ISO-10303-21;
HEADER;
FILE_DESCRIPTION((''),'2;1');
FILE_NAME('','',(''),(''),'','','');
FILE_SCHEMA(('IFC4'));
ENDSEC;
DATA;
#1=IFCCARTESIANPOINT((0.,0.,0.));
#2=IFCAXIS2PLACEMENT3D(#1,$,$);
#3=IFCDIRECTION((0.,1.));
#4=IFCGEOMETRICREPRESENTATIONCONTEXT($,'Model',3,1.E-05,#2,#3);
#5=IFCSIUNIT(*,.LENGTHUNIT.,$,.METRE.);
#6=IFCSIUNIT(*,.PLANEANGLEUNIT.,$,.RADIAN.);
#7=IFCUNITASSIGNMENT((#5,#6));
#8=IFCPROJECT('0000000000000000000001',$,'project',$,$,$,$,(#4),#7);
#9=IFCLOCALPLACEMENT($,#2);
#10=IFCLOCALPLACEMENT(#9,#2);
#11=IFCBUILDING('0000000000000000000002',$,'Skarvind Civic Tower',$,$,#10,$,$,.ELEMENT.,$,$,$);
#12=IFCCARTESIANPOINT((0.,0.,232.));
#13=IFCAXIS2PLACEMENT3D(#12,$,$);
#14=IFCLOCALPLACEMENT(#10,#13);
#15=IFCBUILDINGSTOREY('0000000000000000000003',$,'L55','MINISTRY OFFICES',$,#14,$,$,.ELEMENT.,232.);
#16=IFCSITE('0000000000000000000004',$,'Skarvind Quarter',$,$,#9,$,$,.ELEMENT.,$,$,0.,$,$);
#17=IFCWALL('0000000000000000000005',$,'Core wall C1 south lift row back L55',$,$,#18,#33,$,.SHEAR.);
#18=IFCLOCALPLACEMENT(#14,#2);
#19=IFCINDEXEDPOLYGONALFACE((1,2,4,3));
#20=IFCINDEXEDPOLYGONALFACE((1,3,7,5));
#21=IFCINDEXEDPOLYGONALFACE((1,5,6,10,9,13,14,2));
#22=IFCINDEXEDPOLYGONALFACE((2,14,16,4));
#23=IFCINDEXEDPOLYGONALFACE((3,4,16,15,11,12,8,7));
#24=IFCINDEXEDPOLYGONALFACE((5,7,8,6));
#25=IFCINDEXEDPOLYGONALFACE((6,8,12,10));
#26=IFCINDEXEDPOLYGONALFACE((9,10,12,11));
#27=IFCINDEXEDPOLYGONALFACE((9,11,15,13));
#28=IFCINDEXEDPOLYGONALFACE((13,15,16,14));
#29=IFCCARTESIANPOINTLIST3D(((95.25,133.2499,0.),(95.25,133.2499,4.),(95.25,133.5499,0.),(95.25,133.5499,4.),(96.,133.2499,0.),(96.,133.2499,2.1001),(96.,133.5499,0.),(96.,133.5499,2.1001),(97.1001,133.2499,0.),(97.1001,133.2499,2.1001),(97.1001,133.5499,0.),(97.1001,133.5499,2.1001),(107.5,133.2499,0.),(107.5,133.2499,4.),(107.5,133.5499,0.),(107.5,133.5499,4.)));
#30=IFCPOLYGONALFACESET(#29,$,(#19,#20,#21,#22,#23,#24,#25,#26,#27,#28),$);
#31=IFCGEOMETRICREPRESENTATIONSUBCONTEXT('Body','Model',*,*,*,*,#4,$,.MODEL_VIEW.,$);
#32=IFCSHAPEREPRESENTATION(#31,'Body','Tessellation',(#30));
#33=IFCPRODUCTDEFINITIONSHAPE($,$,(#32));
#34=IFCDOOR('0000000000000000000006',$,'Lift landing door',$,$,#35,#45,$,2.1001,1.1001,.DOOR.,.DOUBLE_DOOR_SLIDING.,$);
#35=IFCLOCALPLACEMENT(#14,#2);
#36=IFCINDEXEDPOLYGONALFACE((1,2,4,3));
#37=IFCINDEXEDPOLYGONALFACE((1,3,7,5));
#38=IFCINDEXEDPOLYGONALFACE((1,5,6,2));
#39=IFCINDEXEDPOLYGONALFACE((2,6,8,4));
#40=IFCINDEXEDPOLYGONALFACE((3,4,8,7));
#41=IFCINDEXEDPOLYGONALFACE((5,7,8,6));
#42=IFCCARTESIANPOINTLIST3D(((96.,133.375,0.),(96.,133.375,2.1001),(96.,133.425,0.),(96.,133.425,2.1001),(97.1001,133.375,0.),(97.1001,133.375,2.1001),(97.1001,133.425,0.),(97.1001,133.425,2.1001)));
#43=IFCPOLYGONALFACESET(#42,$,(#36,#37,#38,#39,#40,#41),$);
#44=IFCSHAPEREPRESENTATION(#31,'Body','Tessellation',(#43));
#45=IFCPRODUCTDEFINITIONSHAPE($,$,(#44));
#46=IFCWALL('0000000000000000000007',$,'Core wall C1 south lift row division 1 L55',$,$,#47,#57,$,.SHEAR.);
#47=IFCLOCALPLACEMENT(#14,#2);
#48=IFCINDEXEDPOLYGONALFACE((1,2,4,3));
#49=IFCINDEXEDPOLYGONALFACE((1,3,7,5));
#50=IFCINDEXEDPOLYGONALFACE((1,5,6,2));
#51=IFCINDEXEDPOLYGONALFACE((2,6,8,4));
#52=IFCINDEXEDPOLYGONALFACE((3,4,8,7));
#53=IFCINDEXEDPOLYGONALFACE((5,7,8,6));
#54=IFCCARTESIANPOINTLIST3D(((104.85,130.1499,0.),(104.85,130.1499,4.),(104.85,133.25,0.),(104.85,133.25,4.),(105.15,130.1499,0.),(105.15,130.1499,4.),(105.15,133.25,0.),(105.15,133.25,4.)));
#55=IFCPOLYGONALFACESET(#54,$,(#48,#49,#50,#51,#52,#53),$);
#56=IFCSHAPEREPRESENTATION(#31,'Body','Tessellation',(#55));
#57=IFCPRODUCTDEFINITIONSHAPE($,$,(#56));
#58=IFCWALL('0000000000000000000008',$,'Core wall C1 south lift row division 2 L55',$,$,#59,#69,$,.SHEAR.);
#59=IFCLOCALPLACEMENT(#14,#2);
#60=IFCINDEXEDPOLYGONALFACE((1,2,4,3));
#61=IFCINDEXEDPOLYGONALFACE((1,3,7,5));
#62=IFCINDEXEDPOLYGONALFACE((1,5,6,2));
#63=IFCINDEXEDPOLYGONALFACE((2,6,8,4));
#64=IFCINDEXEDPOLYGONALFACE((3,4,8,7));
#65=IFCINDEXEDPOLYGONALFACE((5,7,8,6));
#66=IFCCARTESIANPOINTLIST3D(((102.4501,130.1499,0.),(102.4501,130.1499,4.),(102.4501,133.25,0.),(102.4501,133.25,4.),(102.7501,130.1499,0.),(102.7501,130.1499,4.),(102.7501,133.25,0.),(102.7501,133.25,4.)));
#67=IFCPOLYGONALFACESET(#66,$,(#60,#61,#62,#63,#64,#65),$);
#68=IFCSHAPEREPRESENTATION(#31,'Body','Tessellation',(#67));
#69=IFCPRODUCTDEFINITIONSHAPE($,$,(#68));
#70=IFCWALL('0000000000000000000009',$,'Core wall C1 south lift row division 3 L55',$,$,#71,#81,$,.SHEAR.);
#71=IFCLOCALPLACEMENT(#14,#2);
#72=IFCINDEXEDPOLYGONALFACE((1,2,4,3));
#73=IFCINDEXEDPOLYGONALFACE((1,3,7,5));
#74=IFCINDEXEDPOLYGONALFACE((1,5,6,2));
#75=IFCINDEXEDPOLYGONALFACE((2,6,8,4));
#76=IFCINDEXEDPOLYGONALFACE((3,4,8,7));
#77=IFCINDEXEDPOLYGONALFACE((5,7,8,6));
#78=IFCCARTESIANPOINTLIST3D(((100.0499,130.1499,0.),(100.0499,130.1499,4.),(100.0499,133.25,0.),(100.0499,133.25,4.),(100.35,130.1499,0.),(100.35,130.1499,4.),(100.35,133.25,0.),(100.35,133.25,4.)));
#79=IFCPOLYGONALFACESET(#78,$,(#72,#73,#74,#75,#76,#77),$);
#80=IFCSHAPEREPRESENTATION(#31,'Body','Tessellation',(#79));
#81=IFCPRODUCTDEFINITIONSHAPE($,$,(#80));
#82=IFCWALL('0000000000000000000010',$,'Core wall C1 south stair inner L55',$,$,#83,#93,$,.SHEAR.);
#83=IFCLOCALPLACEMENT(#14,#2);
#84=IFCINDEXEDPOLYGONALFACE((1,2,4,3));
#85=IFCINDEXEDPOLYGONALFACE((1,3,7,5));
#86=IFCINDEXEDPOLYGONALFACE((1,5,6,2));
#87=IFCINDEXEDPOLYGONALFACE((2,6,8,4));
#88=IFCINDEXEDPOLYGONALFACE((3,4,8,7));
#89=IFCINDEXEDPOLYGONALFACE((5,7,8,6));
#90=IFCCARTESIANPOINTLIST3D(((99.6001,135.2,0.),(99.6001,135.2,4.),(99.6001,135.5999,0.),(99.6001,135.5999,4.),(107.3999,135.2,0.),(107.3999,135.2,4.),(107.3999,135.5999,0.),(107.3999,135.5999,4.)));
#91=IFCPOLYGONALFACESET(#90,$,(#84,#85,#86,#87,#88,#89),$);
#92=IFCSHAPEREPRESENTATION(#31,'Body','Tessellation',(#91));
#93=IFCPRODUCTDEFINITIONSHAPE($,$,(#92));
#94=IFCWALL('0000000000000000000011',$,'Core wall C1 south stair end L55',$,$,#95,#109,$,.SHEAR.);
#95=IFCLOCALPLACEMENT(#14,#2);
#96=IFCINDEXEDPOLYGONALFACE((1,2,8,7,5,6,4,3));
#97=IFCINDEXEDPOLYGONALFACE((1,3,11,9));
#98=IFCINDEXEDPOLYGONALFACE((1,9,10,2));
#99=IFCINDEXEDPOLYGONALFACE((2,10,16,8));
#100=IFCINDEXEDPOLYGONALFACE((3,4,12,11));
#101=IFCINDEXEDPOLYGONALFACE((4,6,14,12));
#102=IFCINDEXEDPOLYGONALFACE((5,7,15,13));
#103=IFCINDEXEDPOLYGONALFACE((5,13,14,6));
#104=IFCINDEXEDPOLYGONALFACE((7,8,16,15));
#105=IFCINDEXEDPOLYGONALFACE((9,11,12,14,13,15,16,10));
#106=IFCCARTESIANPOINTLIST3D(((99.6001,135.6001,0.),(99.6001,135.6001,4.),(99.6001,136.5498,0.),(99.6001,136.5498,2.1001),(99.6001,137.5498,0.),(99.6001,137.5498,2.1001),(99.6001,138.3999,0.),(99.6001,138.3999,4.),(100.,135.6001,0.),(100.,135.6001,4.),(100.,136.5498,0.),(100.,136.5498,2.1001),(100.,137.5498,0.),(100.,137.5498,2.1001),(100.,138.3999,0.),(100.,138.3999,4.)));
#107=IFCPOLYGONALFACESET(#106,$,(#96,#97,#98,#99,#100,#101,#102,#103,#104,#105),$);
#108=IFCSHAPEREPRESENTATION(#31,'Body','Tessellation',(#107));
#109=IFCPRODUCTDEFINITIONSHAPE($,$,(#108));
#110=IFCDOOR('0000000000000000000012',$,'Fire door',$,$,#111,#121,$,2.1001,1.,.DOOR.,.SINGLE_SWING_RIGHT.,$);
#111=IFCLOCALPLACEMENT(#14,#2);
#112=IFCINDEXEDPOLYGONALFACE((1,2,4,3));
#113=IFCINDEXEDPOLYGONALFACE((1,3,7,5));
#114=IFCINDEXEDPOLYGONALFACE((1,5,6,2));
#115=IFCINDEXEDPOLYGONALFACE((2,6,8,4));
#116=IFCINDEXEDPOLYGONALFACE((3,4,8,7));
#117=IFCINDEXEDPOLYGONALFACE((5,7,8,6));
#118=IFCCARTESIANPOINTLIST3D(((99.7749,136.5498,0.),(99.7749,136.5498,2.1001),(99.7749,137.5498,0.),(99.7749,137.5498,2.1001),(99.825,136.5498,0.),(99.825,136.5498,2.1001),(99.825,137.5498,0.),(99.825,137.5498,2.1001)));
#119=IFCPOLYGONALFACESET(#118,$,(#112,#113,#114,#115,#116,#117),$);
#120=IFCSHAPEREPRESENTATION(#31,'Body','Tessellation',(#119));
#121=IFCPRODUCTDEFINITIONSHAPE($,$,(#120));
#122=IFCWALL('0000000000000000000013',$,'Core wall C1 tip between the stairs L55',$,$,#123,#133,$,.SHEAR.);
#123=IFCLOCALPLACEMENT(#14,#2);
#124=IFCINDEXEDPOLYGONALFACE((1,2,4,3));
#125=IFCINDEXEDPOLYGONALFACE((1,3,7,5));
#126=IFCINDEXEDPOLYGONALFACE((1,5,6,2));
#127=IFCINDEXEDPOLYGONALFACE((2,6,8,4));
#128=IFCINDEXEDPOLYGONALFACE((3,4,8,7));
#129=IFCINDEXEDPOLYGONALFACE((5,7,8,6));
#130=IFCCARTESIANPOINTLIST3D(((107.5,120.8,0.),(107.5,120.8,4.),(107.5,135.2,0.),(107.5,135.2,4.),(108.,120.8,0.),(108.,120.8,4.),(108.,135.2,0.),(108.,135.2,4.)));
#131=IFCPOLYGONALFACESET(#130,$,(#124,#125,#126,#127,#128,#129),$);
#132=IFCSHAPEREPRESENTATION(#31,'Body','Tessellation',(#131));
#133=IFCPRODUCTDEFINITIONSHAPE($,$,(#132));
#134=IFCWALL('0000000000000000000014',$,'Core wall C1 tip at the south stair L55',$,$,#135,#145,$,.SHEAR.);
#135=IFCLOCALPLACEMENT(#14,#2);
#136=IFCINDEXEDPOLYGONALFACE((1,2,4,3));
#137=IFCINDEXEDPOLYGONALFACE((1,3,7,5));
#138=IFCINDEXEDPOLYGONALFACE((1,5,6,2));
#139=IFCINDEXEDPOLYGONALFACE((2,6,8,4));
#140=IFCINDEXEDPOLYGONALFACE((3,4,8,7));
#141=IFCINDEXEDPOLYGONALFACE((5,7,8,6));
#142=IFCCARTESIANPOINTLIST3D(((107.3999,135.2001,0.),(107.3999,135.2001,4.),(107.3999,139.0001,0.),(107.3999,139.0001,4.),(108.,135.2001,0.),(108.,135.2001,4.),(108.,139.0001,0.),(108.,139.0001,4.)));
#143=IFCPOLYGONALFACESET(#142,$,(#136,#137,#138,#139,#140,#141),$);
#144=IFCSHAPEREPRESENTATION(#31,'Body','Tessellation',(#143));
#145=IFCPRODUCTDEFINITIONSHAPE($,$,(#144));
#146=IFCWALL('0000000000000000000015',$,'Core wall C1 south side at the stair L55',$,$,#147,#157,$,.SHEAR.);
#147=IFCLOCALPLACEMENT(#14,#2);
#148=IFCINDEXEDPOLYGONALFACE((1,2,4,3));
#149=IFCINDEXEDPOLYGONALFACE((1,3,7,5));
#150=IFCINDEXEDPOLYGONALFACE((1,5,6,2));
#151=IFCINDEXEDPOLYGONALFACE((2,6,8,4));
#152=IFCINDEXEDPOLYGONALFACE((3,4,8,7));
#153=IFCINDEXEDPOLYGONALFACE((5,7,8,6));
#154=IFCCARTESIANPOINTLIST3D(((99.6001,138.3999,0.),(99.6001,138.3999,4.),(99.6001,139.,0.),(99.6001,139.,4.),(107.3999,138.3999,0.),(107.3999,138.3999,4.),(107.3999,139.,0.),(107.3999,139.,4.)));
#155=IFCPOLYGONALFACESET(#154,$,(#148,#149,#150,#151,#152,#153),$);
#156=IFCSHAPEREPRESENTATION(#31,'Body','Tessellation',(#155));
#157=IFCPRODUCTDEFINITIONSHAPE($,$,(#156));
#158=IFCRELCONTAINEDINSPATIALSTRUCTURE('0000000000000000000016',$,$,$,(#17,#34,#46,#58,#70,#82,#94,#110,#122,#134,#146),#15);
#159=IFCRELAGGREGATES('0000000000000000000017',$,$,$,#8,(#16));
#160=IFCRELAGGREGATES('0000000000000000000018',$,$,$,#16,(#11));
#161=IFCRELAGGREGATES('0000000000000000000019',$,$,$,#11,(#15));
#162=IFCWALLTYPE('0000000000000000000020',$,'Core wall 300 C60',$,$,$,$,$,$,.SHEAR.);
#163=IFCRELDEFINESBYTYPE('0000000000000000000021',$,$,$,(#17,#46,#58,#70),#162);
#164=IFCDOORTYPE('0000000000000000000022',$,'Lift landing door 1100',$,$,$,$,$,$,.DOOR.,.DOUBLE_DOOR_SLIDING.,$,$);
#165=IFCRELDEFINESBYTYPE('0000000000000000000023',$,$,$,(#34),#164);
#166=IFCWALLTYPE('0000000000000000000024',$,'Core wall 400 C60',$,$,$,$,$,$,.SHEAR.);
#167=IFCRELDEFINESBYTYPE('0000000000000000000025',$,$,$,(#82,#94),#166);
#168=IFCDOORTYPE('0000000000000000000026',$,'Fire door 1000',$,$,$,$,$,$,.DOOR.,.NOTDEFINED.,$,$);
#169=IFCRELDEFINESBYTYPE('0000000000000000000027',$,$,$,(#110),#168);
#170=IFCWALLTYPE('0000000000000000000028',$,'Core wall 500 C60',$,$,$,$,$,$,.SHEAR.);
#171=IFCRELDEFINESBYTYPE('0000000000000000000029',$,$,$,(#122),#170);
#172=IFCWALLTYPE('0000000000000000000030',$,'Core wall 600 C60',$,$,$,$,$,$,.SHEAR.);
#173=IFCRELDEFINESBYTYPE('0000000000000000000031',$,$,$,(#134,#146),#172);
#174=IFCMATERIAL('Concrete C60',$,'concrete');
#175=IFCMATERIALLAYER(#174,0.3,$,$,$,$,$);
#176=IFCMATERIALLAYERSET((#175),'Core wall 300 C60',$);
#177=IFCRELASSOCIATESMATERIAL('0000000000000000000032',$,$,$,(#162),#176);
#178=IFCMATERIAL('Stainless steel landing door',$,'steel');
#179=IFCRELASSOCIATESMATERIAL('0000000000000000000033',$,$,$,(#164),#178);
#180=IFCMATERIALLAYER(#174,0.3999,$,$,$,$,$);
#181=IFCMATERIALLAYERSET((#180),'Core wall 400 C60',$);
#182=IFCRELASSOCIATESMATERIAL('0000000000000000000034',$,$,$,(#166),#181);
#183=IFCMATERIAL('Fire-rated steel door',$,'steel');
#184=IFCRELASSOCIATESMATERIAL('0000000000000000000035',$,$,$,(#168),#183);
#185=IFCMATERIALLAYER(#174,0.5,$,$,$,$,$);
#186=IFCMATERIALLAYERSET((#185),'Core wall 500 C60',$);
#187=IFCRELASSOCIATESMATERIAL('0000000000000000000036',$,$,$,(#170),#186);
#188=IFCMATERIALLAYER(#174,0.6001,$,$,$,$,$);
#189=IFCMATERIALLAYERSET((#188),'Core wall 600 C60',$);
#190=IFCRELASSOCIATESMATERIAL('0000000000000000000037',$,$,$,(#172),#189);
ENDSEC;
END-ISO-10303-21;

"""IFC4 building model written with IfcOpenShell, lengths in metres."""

from ifc_helpers import new_model, si_unit, direction, frame, frame_2d, origin, place, context, subcontext, project, spatial, rectangle, extrude, material, layer, layer_set, type_object, element, fill, save


model = new_model("IFC4")

# Units and contexts
model_context = context("Model", 3, precision=1e-05, world=origin(), true_north=direction((0.0, 1.0)))
body_context = subcontext(model_context, "Body", "Model", "MODEL_VIEW")
ifc_project = project(units=[si_unit("LENGTHUNIT", "METRE"), si_unit("PLANEANGLEUNIT", "RADIAN")], contexts=[model_context])

# Site, building, storey
site_placement = place(None, origin())
site = spatial("IfcSite", under=ifc_project, at=site_placement, Name="Skarvind Quarter", CompositionType="ELEMENT", RefElevation=0.0)
building_placement = place(site_placement, origin())
building = spatial("IfcBuilding", under=site, at=building_placement, Name="Skarvind Civic Tower", CompositionType="ELEMENT")
storey_placement = place(building_placement, frame((0.0, 0.0, 232.0)))
storey = spatial("IfcBuildingStorey", under=building, at=storey_placement, Name="L55", Description="MINISTRY OFFICES", CompositionType="ELEMENT", Elevation=232.0)

# Wall, opening, door
ifc_material_1 = material(Name="Concrete C60", Category="concrete")
ifc_layer_1 = layer(ifc_material_1, 0.3)
ifc_layer_set_1 = layer_set([ifc_layer_1], Name="Core wall 300 C60")
wall_type_1 = type_object("IfcWallType", Name="Core wall 300 C60", PredefinedType="SHEAR", material=ifc_layer_set_1)
wall_1_placement = place(storey_placement, frame((107.5, 133.3999, 0.0), z_axis=(0.0, 0.0, 1.0), x_axis=(-1.0, 0.0, 0.0)))
wall_1 = element("IfcWall", 1, at=wall_1_placement, inside=storey, type_object=wall_type_1, Name="Core wall C1 south lift row back L55", PredefinedType="SHEAR", context=body_context, shape_type="SweptSolid", body=[
    extrude(rectangle(XDim=12.25, YDim=0.3, at=frame_2d((6.125, 0.0))), origin(), (0.0, 0.0, 1.0), 4.0),
])
opening_1_placement = place(wall_1_placement, frame((10.3999, 0.0, 0.0)))
opening_1 = element("IfcOpeningElement", 2, at=opening_1_placement, cuts=wall_1, PredefinedType="OPENING", context=body_context, shape_type="SweptSolid", body=[
    extrude(rectangle(XDim=1.1001, YDim=2.1001, at=frame_2d((0.55, 1.05))), frame((0.0, 0.1599, 0.0), z_axis=(0.0, -1.0, 0.0), x_axis=(1.0, 0.0, 0.0)), (0.0, 0.0, 1.0), 0.3201),
])
ifc_material_2 = material(Name="Stainless steel landing door", Category="steel")
door_type_1 = type_object("IfcDoorType", Name="Lift landing door 1100", OperationType="DOUBLE_DOOR_SLIDING", PredefinedType="DOOR", material=ifc_material_2)
door_1_placement = place(opening_1_placement, origin())
door_1 = element("IfcDoor", 3, at=door_1_placement, inside=storey, type_object=door_type_1, Name="Lift landing door", OperationType="DOUBLE_DOOR_SLIDING", OverallHeight=2.1001, OverallWidth=1.1001, PredefinedType="DOOR", context=body_context, shape_type="SweptSolid", body=[
    extrude(rectangle(XDim=1.1001, YDim=2.1001, at=frame_2d((0.55, 1.05))), frame((0.0, 0.0249, 0.0), z_axis=(0.0, -1.0, 0.0), x_axis=(1.0, 0.0, 0.0)), (0.0, 0.0, 1.0), 0.05),
])
fill(opening_1, door_1)

# Walls
for number, where, z_axis, x_axis, name in (
    (4, (105.0, 133.25, 0.0), (0.0, 0.0, 1.0), (0.0, -1.0, 0.0), "Core wall C1 south lift row division 1 L55"),
    (5, (102.6001, 133.25, 0.0), (0.0, 0.0, 1.0), (0.0, -1.0, 0.0), "Core wall C1 south lift row division 2 L55"),
    (6, (100.2, 133.25, 0.0), (0.0, 0.0, 1.0), (0.0, -1.0, 0.0), "Core wall C1 south lift row division 3 L55"),
):
    element("IfcWall", number, at=place(storey_placement, frame(where, z_axis=z_axis, x_axis=x_axis)), inside=storey, type_object=wall_type_1, Name=name, PredefinedType="SHEAR", context=body_context, shape_type="SweptSolid", body=[
        extrude(rectangle(XDim=3.1001, YDim=0.3, at=frame_2d((1.55, 0.0))), origin(), (0.0, 0.0, 1.0), 4.0),
    ])
ifc_layer_2 = layer(ifc_material_1, 0.3999)
ifc_layer_set_2 = layer_set([ifc_layer_2], Name="Core wall 400 C60")
wall_type_2 = type_object("IfcWallType", Name="Core wall 400 C60", PredefinedType="SHEAR", material=ifc_layer_set_2)
wall_2_placement = place(storey_placement, frame((107.3999, 135.3999, 0.0), z_axis=(0.0, 0.0, 1.0), x_axis=(-1.0, 0.0, 0.0)))
element("IfcWall", 7, at=wall_2_placement, inside=storey, type_object=wall_type_2, Name="Core wall C1 south stair inner L55", PredefinedType="SHEAR", context=body_context, shape_type="SweptSolid", body=[
    extrude(rectangle(XDim=7.7998, YDim=0.3999, at=frame_2d((3.8999, 0.0))), origin(), (0.0, 0.0, 1.0), 4.0),
])

# Wall, opening, door
wall_3_placement = place(storey_placement, frame((99.8, 138.3999, 0.0), z_axis=(0.0, 0.0, 1.0), x_axis=(0.0, -1.0, 0.0)))
wall_3 = element("IfcWall", 8, at=wall_3_placement, inside=storey, type_object=wall_type_2, Name="Core wall C1 south stair end L55", PredefinedType="SHEAR", context=body_context, shape_type="SweptSolid", body=[
    extrude(rectangle(XDim=2.7998, YDim=0.3999, at=frame_2d((1.3999, 0.0))), origin(), (0.0, 0.0, 1.0), 4.0),
])
opening_2_placement = place(wall_3_placement, frame((0.8501, 0.0, 0.0)))
opening_2 = element("IfcOpeningElement", 9, at=opening_2_placement, cuts=wall_3, PredefinedType="OPENING", context=body_context, shape_type="SweptSolid", body=[
    extrude(rectangle(XDim=1.0, YDim=2.1001, at=frame_2d((0.5, 1.05))), frame((0.0, 0.21, 0.0), z_axis=(0.0, -1.0, 0.0), x_axis=(1.0, 0.0, 0.0)), (0.0, 0.0, 1.0), 0.4199),
])
ifc_material_3 = material(Name="Fire-rated steel door", Category="steel")
door_type_2 = type_object("IfcDoorType", Name="Fire door 1000", OperationType="NOTDEFINED", PredefinedType="DOOR", material=ifc_material_3)
door_2_placement = place(opening_2_placement, origin())
door_2 = element("IfcDoor", 10, at=door_2_placement, inside=storey, type_object=door_type_2, Name="Fire door", OperationType="SINGLE_SWING_RIGHT", OverallHeight=2.1001, OverallWidth=1.0, PredefinedType="DOOR", context=body_context, shape_type="SweptSolid", body=[
    extrude(rectangle(XDim=1.0, YDim=2.1001, at=frame_2d((0.5, 1.05))), frame((0.0, 0.0249, 0.0), z_axis=(0.0, -1.0, 0.0), x_axis=(1.0, 0.0, 0.0)), (0.0, 0.0, 1.0), 0.05),
])
fill(opening_2, door_2)

# Walls
ifc_layer_3 = layer(ifc_material_1, 0.5)
ifc_layer_set_3 = layer_set([ifc_layer_3], Name="Core wall 500 C60")
wall_type_3 = type_object("IfcWallType", Name="Core wall 500 C60", PredefinedType="SHEAR", material=ifc_layer_set_3)
wall_4_placement = place(storey_placement, frame((107.75, 135.2, 0.0), z_axis=(0.0, 0.0, 1.0), x_axis=(0.0, -1.0, 0.0)))
element("IfcWall", 11, at=wall_4_placement, inside=storey, type_object=wall_type_3, Name="Core wall C1 tip between the stairs L55", PredefinedType="SHEAR", context=body_context, shape_type="SweptSolid", body=[
    extrude(rectangle(XDim=14.3999, YDim=0.5, at=frame_2d((7.2, 0.0))), origin(), (0.0, 0.0, 1.0), 4.0),
])
ifc_layer_4 = layer(ifc_material_1, 0.6001)
ifc_layer_set_4 = layer_set([ifc_layer_4], Name="Core wall 600 C60")
wall_type_4 = type_object("IfcWallType", Name="Core wall 600 C60", PredefinedType="SHEAR", material=ifc_layer_set_4)
wall_5_placement = place(storey_placement, frame((107.7, 139.0, 0.0), z_axis=(0.0, 0.0, 1.0), x_axis=(0.0, -1.0, 0.0)))
element("IfcWall", 12, at=wall_5_placement, inside=storey, type_object=wall_type_4, Name="Core wall C1 tip at the south stair L55", PredefinedType="SHEAR", context=body_context, shape_type="SweptSolid", body=[
    extrude(rectangle(XDim=3.8, YDim=0.6001, at=frame_2d((1.8999, 0.0))), origin(), (0.0, 0.0, 1.0), 4.0),
])
wall_6_placement = place(storey_placement, frame((107.3999, 138.7, 0.0), z_axis=(0.0, 0.0, 1.0), x_axis=(-1.0, 0.0, 0.0)))
element("IfcWall", 13, at=wall_6_placement, inside=storey, type_object=wall_type_4, Name="Core wall C1 south side at the stair L55", PredefinedType="SHEAR", context=body_context, shape_type="SweptSolid", body=[
    extrude(rectangle(XDim=7.7998, YDim=0.6001, at=frame_2d((3.8999, 0.0))), origin(), (0.0, 0.0, 1.0), 4.0),
])

save(model, "model.ifc")
